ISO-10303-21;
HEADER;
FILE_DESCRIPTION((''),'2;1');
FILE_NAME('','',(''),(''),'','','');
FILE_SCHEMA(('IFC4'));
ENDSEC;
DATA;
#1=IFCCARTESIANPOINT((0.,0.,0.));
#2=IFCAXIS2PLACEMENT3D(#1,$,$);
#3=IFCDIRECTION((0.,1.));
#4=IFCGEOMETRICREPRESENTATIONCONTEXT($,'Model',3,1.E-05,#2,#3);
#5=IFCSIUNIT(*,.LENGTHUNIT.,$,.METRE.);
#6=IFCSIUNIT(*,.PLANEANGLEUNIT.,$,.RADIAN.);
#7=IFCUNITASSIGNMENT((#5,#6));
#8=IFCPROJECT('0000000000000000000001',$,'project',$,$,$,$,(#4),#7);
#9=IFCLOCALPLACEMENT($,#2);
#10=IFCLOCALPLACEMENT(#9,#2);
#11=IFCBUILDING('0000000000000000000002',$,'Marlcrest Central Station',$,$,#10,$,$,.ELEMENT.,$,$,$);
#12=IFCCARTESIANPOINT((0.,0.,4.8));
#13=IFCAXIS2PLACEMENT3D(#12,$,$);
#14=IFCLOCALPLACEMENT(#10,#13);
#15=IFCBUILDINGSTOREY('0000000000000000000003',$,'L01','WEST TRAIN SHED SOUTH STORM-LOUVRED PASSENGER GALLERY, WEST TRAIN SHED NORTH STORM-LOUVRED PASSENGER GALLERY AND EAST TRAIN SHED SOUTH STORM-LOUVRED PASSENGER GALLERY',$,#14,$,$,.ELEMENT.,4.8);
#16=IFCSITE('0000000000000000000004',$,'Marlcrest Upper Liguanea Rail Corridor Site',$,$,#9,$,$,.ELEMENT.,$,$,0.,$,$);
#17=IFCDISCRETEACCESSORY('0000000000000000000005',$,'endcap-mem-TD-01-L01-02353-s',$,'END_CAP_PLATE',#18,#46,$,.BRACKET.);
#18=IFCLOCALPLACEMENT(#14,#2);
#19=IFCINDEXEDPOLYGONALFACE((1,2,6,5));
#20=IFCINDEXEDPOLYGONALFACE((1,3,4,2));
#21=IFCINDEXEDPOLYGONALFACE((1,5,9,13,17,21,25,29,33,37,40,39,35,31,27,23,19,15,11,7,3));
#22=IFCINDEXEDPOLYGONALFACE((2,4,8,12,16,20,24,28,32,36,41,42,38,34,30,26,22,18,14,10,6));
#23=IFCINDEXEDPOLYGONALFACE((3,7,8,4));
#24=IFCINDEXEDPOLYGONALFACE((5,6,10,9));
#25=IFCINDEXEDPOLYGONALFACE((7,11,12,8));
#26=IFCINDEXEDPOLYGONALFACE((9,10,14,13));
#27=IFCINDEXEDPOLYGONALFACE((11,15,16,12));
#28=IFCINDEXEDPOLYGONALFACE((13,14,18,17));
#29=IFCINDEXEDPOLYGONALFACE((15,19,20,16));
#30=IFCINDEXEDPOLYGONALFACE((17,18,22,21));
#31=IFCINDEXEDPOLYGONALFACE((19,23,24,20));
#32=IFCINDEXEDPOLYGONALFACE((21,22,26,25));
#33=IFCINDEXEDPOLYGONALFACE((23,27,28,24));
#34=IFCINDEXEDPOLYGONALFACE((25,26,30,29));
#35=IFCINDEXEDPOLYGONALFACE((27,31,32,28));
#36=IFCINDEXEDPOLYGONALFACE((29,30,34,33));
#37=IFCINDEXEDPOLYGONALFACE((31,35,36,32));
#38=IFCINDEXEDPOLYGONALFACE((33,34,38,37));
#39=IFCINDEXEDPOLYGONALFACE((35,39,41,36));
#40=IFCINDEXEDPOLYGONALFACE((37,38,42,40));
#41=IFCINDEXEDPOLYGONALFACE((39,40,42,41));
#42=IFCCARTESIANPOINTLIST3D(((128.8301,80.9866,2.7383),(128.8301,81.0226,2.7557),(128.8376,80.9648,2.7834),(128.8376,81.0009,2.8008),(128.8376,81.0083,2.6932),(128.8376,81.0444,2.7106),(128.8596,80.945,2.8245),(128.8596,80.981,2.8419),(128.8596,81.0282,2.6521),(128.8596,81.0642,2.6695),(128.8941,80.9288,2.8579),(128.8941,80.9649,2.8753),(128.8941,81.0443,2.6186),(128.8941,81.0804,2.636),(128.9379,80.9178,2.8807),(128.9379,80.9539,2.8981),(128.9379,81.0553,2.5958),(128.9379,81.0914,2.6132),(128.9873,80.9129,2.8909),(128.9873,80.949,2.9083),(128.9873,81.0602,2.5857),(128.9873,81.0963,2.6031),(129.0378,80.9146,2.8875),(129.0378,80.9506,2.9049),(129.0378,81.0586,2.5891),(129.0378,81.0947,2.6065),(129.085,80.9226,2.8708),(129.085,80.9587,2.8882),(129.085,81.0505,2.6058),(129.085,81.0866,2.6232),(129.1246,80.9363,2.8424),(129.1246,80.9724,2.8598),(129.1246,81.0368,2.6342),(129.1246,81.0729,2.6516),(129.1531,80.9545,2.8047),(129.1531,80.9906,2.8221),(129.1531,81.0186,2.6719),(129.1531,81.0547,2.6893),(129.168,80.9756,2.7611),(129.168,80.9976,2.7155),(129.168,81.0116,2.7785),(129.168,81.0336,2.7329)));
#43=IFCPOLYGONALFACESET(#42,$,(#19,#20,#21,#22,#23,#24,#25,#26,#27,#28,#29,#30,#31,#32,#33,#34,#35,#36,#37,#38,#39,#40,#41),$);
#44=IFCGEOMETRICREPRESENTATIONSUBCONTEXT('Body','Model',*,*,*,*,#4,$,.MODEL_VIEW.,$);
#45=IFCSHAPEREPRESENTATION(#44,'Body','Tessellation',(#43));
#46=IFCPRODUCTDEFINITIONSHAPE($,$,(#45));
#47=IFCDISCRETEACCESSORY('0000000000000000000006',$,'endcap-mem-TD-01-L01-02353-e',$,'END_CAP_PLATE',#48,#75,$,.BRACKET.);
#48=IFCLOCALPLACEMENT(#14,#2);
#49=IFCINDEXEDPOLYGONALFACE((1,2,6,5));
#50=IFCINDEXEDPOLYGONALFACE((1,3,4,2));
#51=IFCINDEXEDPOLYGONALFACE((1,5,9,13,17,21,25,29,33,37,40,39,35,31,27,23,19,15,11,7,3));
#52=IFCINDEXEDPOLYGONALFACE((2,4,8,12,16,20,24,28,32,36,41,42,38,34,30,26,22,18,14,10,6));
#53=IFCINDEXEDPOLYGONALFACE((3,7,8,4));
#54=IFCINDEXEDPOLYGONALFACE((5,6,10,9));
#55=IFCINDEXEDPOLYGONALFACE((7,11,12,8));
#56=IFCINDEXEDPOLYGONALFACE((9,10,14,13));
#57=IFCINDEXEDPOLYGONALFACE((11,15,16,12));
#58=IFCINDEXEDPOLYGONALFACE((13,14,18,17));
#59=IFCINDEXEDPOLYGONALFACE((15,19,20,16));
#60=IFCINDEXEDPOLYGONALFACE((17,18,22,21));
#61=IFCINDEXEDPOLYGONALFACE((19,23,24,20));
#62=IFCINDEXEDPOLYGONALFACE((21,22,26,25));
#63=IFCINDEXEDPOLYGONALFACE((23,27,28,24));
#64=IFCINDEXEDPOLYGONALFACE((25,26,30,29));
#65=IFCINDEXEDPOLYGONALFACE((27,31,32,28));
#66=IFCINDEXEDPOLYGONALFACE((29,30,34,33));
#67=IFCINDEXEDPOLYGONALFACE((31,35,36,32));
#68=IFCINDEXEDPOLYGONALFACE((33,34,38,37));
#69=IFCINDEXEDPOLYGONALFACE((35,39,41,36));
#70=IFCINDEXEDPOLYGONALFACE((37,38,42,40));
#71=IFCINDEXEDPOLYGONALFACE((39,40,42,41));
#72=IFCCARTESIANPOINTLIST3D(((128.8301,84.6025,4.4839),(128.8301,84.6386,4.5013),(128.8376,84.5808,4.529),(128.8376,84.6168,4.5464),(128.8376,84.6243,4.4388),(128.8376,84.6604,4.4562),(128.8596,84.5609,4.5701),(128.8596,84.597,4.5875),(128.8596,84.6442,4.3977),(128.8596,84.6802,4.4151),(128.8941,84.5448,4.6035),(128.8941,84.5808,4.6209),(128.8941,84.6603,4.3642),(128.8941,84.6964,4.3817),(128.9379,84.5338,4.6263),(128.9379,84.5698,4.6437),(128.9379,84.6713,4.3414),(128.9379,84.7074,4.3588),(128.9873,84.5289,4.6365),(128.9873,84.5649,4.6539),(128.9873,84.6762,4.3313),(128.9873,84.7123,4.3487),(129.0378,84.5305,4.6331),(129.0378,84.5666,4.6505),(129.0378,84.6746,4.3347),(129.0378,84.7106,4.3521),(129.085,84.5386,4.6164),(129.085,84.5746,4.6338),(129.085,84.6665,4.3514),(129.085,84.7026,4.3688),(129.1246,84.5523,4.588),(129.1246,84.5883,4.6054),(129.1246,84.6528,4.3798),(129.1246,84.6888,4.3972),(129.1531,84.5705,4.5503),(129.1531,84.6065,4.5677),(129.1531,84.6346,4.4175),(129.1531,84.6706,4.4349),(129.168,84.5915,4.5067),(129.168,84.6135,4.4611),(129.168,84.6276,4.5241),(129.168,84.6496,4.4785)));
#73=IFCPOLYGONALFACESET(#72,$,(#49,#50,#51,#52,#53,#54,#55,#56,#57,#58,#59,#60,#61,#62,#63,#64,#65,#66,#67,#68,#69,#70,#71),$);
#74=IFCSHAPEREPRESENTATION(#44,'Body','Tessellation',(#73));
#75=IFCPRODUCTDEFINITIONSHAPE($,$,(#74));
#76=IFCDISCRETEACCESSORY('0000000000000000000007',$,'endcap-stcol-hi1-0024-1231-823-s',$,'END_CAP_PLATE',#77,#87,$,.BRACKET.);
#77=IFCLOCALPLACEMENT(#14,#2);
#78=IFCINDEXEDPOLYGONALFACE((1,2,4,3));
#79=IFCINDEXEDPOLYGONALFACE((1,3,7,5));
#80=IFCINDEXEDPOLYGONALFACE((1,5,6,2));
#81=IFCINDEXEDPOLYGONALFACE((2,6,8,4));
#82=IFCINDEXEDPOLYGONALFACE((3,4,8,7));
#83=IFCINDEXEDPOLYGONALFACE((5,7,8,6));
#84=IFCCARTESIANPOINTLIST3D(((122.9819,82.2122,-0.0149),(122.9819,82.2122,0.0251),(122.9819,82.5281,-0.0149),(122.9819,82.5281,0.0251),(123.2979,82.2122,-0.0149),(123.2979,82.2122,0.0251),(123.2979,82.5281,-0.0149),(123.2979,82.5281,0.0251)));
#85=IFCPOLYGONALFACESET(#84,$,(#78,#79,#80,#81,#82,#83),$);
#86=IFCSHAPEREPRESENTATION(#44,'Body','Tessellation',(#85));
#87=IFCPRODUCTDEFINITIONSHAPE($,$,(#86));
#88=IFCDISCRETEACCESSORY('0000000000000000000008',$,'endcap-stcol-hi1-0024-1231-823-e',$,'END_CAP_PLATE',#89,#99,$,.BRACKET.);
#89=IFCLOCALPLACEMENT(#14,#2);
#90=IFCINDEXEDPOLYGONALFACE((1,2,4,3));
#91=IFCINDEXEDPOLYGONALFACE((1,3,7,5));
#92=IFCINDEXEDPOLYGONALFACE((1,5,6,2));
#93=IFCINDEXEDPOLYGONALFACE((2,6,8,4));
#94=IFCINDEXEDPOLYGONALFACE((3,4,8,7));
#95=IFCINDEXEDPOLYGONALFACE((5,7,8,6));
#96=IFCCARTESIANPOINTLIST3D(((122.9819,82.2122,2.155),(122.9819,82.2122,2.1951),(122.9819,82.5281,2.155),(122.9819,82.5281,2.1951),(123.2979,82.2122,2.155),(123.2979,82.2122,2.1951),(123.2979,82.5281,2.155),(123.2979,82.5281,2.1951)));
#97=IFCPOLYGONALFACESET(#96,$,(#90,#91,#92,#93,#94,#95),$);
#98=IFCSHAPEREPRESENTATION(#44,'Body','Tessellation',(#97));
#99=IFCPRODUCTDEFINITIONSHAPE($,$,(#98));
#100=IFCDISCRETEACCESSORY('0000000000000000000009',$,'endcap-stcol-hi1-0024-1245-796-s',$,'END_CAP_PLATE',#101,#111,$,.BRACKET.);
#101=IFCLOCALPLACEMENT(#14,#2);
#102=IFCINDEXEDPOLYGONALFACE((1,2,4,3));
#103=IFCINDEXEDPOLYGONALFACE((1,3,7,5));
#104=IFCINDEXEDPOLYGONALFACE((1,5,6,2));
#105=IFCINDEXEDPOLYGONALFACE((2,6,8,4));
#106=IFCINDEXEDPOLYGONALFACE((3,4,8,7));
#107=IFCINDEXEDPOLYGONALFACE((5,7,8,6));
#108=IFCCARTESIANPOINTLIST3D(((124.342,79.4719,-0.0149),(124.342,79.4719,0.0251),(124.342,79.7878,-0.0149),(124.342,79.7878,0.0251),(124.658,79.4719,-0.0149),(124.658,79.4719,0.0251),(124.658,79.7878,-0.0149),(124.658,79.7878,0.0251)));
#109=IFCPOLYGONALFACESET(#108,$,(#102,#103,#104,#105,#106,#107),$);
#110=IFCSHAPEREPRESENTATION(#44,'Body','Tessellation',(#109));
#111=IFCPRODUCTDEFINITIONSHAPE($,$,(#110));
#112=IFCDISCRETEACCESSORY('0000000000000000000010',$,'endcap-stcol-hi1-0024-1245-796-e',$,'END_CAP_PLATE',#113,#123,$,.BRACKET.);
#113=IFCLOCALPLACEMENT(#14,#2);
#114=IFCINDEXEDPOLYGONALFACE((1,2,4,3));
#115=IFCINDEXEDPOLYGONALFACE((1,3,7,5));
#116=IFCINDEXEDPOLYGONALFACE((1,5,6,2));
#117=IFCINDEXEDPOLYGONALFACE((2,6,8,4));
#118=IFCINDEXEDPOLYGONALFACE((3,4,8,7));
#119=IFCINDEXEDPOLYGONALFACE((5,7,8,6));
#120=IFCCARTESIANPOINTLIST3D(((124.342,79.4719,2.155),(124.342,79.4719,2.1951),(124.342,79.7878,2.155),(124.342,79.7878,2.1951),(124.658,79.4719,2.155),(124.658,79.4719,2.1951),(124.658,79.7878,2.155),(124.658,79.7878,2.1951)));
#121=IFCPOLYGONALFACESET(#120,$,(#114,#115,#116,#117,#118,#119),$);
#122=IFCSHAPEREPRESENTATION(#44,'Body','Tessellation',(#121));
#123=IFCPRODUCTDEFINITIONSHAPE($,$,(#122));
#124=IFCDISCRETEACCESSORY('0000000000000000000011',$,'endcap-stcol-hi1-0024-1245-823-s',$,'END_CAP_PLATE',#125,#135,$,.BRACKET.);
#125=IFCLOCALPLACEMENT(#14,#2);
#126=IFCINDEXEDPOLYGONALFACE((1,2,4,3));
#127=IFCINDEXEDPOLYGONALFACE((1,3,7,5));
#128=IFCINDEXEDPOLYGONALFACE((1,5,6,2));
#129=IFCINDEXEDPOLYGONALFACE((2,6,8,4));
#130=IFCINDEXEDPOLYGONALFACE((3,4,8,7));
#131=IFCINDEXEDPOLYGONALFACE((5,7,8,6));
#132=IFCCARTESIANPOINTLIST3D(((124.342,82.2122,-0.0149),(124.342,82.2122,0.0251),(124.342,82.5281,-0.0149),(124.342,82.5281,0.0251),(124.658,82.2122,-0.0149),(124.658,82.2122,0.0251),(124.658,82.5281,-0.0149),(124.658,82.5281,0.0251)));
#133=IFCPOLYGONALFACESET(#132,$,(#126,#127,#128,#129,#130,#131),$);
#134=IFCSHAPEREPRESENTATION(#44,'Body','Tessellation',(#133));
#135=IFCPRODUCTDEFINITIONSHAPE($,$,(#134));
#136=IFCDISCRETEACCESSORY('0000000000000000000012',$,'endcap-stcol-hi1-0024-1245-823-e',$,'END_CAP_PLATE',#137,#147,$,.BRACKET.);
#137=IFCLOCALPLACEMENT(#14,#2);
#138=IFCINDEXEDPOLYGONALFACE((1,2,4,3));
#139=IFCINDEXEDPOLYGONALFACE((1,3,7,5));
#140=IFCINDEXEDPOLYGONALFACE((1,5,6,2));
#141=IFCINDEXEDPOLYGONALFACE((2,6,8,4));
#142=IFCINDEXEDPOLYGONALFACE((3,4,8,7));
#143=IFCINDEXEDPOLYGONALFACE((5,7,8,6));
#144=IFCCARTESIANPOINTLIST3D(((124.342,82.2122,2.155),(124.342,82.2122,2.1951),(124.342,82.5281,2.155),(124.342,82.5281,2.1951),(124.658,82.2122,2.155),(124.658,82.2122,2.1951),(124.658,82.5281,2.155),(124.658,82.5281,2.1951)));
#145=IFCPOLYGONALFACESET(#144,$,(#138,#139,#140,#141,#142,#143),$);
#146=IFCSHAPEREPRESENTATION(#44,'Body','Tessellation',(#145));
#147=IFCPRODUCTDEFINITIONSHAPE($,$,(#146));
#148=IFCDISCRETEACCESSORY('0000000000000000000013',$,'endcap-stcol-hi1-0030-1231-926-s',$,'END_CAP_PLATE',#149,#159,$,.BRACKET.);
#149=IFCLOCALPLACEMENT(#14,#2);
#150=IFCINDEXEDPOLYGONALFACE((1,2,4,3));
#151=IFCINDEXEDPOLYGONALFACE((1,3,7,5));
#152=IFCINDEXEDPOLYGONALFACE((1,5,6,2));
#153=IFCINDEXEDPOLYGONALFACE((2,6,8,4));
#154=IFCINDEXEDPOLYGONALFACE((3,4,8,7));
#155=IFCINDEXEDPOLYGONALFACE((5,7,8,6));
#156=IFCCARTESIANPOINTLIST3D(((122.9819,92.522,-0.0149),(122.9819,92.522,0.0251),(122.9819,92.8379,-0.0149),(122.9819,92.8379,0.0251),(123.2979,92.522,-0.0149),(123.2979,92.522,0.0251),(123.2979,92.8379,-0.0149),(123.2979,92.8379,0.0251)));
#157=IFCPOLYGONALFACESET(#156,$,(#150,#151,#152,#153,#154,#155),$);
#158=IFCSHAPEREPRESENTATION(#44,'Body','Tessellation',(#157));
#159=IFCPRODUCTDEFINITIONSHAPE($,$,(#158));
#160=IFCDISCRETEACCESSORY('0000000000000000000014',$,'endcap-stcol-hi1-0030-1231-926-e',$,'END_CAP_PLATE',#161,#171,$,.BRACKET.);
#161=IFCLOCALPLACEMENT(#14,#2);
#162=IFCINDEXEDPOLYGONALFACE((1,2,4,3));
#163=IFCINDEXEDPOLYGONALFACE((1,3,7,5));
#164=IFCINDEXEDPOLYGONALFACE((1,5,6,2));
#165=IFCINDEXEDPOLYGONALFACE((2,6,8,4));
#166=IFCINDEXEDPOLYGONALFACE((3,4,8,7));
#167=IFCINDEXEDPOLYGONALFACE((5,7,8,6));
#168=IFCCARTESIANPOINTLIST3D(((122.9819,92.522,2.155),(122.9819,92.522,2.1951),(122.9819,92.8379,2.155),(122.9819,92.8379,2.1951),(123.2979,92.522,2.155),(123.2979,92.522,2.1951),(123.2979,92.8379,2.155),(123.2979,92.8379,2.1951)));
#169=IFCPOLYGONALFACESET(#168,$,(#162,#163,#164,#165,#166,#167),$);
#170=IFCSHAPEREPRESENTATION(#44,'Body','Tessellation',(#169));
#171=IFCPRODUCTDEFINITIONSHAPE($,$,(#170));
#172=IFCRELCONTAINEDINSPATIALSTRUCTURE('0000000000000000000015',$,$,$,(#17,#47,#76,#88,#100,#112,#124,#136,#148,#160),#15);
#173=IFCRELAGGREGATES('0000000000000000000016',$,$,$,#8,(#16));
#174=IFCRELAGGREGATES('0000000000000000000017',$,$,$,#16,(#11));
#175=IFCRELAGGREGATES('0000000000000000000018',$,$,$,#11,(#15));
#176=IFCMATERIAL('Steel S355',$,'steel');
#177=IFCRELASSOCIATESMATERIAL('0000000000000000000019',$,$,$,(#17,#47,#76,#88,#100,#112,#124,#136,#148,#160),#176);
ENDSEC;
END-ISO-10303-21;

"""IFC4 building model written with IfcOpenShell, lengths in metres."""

from ifc_helpers import new_model, si_unit, direction, frame, origin, origin_2d, place, context, subcontext, project, spatial, rectangle, circle, extrude, material, element, save


model = new_model("IFC4")

# Units and contexts
model_context = context("Model", 3, precision=1e-05, world=origin(), true_north=direction((0.0, 1.0)))
body_context = subcontext(model_context, "Body", "Model", "MODEL_VIEW")
ifc_project = project(units=[si_unit("LENGTHUNIT", "METRE"), si_unit("PLANEANGLEUNIT", "RADIAN")], contexts=[model_context])

# Site, building, storey
site_placement = place(None, origin())
site = spatial("IfcSite", under=ifc_project, at=site_placement, Name="Marlcrest Upper Liguanea Rail Corridor Site", CompositionType="ELEMENT", RefElevation=0.0)
building_placement = place(site_placement, origin())
building = spatial("IfcBuilding", under=site, at=building_placement, Name="Marlcrest Central Station", CompositionType="ELEMENT")
storey_placement = place(building_placement, frame((0.0, 0.0, 4.8)))
storey = spatial("IfcBuildingStorey", under=building, at=storey_placement, Name="L01", Description="WEST TRAIN SHED SOUTH STORM-LOUVRED PASSENGER GALLERY, WEST TRAIN SHED NORTH STORM-LOUVRED PASSENGER GALLERY AND EAST TRAIN SHED SOUTH STORM-LOUVRED PASSENGER GALLERY", CompositionType="ELEMENT", Elevation=4.8)

# Shared definitions
ifc_material = material(Name="Steel S355", Category="steel")

# Discrete accessories
for number, where, z_axis, x_axis, name in (
    (1, (129.0, 80.9866, 2.7383), (0.0, 0.900552, 0.434749), (-1.0, 0.0, 0.0), "endcap-mem-TD-01-L01-02353-s"),
    (2, (129.0, 84.6025, 4.4839), (0.0, 0.900552, 0.434749), (-1.0, 0.0, 0.0), "endcap-mem-TD-01-L01-02353-e"),
):
    element("IfcDiscreteAccessory", number, at=place(storey_placement, frame(where, z_axis=z_axis, x_axis=x_axis)), inside=storey, material=ifc_material, Name=name, ObjectType="END_CAP_PLATE", PredefinedType="BRACKET", context=body_context, shape_type="SweptSolid", body=[
        extrude(circle(Radius=0.1699, at=origin_2d()), origin(), (0.0, 0.0, 1.0), 0.04),
    ])
for number, where, z_axis, x_axis, name in (
    (3, (123.1399, 82.3701, -0.0149), (0.0, 0.0, 1.0), (1.0, 0.0, 0.0), "endcap-stcol-hi1-0024-1231-823-s"),
    (4, (123.1399, 82.3701, 2.155), (0.0, 0.0, 1.0), (1.0, 0.0, 0.0), "endcap-stcol-hi1-0024-1231-823-e"),
    (5, (124.5, 79.6299, -0.0149), (0.0, 0.0, 1.0), (1.0, 0.0, 0.0), "endcap-stcol-hi1-0024-1245-796-s"),
    (6, (124.5, 79.6299, 2.155), (0.0, 0.0, 1.0), (1.0, 0.0, 0.0), "endcap-stcol-hi1-0024-1245-796-e"),
    (7, (124.5, 82.3701, -0.0149), (0.0, 0.0, 1.0), (1.0, 0.0, 0.0), "endcap-stcol-hi1-0024-1245-823-s"),
    (8, (124.5, 82.3701, 2.155), (0.0, 0.0, 1.0), (1.0, 0.0, 0.0), "endcap-stcol-hi1-0024-1245-823-e"),
    (9, (123.1399, 92.6799, -0.0149), (0.0, 0.0, 1.0), (1.0, 0.0, 0.0), "endcap-stcol-hi1-0030-1231-926-s"),
    (10, (123.1399, 92.6799, 2.155), (0.0, 0.0, 1.0), (1.0, 0.0, 0.0), "endcap-stcol-hi1-0030-1231-926-e"),
):
    element("IfcDiscreteAccessory", number, at=place(storey_placement, frame(where, z_axis=z_axis, x_axis=x_axis)), inside=storey, material=ifc_material, Name=name, ObjectType="END_CAP_PLATE", PredefinedType="BRACKET", context=body_context, shape_type="SweptSolid", body=[
        extrude(rectangle(XDim=0.3159, YDim=0.3159, at=origin_2d()), origin(), (0.0, 0.0, 1.0), 0.04),
    ])

save(model, "model.ifc")
